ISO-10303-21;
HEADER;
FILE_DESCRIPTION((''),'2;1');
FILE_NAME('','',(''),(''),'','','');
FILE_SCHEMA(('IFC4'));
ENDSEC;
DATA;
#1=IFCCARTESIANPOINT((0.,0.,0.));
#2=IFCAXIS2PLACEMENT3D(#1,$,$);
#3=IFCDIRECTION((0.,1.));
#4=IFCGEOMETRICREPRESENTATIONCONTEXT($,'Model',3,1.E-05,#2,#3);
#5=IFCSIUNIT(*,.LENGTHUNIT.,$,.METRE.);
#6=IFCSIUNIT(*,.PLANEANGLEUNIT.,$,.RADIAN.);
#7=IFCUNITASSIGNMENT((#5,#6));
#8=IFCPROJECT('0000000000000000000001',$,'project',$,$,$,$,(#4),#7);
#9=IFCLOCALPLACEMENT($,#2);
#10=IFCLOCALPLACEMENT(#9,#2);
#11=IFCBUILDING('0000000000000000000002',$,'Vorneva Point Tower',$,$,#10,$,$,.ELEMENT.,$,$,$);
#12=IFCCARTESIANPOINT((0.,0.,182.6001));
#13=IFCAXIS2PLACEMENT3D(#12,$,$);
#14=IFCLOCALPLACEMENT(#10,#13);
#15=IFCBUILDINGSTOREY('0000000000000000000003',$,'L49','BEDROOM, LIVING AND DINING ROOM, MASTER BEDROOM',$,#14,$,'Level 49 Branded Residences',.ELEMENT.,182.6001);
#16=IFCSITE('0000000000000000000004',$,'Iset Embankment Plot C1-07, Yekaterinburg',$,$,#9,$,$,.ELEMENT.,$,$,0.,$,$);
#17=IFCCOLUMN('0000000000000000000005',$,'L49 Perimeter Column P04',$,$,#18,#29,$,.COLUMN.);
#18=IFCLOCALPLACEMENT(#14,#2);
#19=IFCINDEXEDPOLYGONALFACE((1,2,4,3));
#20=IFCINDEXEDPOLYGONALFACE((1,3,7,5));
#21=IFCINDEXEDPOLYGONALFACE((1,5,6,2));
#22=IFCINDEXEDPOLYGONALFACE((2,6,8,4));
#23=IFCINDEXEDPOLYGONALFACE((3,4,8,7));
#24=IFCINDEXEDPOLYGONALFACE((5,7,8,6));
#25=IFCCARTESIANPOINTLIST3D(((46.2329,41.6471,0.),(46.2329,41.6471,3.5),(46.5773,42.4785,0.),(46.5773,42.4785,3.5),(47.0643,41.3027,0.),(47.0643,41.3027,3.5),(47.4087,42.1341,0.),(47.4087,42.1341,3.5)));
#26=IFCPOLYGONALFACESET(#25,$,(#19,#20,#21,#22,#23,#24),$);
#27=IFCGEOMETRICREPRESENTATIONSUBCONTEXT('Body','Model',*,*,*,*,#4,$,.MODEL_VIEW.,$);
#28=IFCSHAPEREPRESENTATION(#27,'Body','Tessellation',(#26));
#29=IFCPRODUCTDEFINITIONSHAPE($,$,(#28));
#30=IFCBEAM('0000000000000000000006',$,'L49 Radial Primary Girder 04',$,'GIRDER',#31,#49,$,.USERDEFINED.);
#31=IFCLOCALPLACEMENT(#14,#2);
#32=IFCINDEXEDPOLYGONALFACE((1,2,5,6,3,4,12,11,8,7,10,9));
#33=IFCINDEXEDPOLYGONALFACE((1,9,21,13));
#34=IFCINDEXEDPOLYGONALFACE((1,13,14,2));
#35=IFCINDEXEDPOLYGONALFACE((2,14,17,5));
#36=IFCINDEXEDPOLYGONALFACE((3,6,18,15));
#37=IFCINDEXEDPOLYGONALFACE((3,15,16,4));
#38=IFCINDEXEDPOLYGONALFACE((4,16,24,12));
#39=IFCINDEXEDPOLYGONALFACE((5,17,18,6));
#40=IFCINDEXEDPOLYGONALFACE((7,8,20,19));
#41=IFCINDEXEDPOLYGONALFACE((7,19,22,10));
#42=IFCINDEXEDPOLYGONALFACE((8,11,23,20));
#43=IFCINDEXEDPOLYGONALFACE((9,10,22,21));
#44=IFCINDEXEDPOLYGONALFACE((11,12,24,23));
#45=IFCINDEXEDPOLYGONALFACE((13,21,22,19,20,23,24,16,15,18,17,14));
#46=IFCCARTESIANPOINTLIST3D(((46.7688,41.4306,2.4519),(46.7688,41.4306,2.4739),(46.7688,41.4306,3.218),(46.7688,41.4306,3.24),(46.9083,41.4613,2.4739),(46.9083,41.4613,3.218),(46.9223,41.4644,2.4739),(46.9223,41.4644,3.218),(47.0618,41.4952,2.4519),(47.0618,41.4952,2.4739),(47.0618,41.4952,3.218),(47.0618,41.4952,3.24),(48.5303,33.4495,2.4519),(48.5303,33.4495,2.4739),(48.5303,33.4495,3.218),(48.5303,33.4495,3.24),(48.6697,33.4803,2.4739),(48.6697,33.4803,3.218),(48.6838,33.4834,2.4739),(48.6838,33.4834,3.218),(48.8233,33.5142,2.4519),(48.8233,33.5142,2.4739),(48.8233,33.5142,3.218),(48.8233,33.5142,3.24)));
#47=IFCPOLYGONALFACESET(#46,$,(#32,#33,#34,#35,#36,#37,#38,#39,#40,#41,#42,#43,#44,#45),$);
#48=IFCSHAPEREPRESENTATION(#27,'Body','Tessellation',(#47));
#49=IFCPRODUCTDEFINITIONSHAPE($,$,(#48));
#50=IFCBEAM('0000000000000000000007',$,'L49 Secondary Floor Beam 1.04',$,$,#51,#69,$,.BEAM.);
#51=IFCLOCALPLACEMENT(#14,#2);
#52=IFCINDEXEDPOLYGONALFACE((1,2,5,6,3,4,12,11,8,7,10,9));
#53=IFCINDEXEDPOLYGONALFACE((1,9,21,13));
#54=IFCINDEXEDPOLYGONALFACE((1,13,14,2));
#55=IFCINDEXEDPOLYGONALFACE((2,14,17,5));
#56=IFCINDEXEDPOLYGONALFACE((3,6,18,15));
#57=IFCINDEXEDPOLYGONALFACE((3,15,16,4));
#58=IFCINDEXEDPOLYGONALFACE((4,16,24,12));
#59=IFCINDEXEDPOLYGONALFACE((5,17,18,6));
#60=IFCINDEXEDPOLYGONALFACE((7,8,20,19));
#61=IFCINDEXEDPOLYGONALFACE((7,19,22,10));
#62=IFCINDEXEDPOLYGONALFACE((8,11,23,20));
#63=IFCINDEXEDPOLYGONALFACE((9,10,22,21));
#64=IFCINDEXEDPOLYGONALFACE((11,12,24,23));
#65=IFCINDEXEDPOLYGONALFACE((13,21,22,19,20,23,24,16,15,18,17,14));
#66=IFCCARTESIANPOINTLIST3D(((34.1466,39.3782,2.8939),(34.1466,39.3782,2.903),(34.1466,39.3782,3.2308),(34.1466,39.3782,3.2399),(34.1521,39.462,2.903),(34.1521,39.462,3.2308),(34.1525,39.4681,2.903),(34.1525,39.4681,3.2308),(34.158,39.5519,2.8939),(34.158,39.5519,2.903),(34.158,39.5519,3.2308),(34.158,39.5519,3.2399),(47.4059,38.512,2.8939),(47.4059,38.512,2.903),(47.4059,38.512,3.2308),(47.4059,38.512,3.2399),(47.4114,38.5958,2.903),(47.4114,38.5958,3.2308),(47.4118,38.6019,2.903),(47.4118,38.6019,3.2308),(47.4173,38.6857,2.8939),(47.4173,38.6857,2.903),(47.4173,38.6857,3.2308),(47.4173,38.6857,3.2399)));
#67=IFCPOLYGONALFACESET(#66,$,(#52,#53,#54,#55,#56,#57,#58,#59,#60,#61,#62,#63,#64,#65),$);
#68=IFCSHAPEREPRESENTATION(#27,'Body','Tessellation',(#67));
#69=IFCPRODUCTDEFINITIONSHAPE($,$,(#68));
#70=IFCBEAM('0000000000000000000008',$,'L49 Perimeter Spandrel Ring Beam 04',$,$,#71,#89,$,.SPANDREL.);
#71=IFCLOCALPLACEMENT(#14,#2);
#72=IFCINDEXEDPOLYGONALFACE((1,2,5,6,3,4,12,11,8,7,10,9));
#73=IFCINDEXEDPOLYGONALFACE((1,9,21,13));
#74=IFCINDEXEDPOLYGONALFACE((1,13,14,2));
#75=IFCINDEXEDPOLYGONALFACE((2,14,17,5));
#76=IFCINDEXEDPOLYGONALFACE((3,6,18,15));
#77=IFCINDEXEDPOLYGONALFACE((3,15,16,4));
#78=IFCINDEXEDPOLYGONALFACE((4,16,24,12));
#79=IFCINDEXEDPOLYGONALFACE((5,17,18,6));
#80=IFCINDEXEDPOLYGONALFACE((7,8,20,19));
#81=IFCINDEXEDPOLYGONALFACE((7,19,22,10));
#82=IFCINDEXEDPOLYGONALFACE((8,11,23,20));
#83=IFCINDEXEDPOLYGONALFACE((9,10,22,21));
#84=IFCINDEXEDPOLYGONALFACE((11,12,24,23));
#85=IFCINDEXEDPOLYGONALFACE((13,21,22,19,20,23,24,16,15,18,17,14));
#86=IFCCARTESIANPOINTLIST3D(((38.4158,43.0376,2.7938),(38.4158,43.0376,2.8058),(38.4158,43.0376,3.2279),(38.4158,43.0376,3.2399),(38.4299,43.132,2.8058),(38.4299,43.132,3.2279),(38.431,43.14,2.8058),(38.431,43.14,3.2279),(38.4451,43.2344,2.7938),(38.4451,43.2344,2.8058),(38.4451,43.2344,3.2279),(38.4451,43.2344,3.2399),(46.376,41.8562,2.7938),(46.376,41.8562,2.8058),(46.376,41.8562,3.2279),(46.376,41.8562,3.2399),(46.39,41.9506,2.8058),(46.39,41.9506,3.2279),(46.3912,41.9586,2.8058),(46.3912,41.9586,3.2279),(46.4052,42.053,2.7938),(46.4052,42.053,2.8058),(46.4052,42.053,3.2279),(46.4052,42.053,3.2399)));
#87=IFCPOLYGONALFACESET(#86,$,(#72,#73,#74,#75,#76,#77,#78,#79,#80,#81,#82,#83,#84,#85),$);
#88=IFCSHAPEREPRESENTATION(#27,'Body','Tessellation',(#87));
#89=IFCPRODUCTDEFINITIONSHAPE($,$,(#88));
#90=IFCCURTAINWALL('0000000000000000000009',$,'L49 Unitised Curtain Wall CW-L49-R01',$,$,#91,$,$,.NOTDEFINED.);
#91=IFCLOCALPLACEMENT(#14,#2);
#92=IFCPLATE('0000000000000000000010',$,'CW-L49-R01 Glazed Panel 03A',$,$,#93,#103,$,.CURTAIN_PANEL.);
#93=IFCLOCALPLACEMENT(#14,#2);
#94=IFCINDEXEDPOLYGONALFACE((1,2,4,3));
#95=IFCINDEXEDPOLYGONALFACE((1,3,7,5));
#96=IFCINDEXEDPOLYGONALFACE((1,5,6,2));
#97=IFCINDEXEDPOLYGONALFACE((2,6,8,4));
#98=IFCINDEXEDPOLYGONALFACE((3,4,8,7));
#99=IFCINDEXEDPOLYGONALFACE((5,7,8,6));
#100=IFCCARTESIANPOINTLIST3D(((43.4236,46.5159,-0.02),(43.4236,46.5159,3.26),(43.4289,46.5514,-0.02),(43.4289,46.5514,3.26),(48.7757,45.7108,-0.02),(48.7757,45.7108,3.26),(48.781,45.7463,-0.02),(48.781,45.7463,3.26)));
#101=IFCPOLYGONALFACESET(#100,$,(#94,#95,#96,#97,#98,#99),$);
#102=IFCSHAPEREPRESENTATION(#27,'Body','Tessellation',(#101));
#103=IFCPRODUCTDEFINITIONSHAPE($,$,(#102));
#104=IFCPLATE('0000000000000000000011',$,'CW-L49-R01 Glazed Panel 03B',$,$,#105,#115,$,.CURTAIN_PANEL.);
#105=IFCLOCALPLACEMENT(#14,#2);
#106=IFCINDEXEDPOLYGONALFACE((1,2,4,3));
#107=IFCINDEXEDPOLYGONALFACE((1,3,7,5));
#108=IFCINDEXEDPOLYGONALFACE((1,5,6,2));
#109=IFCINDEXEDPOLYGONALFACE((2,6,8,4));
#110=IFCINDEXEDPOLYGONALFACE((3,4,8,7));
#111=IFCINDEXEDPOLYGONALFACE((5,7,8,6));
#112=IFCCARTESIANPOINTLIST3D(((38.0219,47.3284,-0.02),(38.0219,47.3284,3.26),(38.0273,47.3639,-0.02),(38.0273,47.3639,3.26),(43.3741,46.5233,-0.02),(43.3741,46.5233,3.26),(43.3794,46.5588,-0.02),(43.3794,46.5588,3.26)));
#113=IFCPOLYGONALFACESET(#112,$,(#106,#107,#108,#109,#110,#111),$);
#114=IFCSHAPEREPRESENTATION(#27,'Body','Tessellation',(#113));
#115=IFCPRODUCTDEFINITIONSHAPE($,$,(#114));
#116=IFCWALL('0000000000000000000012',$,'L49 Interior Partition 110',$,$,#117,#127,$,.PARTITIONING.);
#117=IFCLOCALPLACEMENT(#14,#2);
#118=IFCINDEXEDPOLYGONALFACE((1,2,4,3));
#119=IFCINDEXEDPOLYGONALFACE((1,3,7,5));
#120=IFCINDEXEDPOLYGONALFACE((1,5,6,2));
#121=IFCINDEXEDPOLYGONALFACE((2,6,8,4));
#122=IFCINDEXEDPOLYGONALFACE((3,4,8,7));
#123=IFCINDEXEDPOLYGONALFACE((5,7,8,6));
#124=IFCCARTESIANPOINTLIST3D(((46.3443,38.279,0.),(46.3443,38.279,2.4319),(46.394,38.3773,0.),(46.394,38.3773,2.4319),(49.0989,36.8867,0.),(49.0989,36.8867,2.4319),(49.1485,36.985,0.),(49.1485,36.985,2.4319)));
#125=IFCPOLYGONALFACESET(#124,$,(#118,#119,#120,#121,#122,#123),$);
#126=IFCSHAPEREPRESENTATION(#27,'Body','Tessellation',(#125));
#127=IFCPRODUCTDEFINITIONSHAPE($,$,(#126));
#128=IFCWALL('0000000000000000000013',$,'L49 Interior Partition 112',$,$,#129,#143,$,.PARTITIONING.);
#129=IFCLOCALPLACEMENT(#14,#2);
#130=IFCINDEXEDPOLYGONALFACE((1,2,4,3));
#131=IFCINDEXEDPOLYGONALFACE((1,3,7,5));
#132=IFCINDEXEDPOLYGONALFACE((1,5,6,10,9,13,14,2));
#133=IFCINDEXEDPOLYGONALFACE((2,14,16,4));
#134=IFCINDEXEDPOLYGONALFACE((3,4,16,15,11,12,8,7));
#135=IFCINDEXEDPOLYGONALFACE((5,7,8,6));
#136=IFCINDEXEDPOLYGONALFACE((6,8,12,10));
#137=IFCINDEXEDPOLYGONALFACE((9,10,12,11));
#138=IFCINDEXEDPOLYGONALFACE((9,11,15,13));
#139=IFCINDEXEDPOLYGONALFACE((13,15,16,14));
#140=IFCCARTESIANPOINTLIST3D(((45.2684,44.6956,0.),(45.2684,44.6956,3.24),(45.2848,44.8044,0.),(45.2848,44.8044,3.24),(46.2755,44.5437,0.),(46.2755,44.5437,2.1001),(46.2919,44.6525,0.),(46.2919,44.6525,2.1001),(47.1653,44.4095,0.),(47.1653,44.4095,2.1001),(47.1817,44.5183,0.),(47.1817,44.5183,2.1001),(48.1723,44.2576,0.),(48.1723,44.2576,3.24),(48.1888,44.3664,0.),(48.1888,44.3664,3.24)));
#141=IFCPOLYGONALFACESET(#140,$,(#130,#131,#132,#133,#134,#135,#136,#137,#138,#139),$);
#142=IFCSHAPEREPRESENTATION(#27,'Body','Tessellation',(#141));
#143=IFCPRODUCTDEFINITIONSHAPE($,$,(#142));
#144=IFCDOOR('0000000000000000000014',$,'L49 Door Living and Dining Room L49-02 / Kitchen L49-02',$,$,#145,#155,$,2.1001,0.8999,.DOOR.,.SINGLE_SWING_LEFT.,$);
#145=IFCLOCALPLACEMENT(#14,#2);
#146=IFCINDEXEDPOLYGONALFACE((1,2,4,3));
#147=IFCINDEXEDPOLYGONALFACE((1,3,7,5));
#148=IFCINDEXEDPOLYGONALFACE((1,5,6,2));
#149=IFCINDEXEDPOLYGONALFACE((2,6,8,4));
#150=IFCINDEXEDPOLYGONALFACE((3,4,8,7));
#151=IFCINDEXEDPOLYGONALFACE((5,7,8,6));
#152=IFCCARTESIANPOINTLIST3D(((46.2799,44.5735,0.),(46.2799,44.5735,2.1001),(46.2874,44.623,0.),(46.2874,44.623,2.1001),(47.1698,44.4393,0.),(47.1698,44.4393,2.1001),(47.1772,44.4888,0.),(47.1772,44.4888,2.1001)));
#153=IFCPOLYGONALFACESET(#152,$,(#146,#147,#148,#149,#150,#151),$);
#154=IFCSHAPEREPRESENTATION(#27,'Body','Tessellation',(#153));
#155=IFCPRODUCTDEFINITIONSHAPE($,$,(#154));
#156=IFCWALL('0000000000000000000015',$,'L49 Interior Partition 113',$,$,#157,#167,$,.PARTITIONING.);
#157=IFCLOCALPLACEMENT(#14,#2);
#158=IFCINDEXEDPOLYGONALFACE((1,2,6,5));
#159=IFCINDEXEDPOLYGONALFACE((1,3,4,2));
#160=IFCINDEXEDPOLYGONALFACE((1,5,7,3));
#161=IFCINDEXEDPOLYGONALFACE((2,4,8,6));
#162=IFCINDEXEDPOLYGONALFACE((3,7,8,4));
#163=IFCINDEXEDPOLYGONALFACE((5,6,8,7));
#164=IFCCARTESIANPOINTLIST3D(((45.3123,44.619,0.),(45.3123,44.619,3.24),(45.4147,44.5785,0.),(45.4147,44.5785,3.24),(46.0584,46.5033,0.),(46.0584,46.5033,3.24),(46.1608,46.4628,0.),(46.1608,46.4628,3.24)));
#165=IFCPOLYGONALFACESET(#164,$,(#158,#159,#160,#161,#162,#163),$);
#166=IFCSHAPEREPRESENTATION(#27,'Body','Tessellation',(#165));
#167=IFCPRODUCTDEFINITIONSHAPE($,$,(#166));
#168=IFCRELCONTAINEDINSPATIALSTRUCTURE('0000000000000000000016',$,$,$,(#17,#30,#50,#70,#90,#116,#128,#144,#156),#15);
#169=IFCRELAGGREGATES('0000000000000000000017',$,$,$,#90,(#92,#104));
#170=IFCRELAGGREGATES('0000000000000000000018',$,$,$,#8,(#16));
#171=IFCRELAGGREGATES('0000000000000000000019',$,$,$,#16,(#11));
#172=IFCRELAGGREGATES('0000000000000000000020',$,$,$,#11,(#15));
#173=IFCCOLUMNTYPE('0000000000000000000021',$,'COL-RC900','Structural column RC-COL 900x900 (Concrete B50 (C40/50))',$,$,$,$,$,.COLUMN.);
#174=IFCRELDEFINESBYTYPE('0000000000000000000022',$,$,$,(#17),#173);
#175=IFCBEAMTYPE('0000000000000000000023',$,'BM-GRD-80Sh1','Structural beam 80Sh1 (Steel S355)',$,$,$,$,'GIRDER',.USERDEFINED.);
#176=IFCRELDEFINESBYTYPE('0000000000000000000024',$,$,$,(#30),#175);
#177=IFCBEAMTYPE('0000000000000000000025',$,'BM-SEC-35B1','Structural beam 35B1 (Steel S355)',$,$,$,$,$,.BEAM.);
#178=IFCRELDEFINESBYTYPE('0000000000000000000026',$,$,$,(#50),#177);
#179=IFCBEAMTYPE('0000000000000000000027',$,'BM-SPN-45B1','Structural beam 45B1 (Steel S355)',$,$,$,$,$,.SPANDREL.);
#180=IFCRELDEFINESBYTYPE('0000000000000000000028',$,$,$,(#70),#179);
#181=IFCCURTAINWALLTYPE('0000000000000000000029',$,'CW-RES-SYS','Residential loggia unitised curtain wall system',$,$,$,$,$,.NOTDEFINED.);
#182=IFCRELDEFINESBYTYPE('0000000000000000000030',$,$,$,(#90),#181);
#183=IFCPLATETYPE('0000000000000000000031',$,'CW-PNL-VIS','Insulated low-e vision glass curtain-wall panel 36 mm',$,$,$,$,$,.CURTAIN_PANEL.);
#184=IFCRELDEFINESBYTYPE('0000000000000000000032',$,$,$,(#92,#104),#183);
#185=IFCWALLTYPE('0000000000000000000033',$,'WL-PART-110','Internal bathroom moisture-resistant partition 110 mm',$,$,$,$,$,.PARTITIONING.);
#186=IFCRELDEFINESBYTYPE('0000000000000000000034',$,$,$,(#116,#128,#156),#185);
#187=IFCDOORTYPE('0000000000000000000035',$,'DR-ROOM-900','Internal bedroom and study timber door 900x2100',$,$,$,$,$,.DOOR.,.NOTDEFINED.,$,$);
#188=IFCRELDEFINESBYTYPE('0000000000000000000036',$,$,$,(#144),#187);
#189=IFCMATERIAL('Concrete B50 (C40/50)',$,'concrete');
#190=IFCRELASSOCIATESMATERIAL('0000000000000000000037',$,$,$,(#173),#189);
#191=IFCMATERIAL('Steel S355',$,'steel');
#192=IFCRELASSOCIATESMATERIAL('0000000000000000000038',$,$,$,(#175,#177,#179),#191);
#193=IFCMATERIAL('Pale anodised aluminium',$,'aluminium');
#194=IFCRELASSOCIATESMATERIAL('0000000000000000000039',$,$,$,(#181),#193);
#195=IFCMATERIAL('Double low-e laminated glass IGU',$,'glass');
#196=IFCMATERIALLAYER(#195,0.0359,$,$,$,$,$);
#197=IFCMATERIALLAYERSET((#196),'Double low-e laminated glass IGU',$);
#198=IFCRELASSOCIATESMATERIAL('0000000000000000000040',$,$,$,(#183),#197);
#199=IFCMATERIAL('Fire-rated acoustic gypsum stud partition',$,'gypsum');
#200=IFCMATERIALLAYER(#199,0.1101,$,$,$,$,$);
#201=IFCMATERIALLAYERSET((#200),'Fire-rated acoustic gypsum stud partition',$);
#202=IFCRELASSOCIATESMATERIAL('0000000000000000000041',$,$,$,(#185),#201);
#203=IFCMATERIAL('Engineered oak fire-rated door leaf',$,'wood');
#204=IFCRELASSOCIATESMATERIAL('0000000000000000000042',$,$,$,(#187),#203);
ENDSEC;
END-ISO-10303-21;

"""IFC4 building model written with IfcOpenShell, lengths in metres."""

from ifc_helpers import new_model, si_unit, direction, frame, frame_2d, origin, origin_2d, place, context, subcontext, project, spatial, rectangle, i_section, extrude, material, layer, layer_set, material_profile, profile_set, type_object, element, fill, aggregate, save


model = new_model("IFC4")

# Units and contexts
model_context = context("Model", 3, precision=1e-05, world=origin(), true_north=direction((0.0, 1.0)))
body_context = subcontext(model_context, "Body", "Model", "MODEL_VIEW")
ifc_project = project(units=[si_unit("LENGTHUNIT", "METRE"), si_unit("PLANEANGLEUNIT", "RADIAN")], contexts=[model_context])

# Site, building, storey
site_placement = place(None, origin())
site = spatial("IfcSite", under=ifc_project, at=site_placement, Name="Iset Embankment Plot C1-07, Yekaterinburg", CompositionType="ELEMENT", RefElevation=0.0)
building_placement = place(site_placement, origin())
building = spatial("IfcBuilding", under=site, at=building_placement, Name="Vorneva Point Tower", CompositionType="ELEMENT")
storey_placement = place(building_placement, frame((0.0, 0.0, 182.6001)))
storey = spatial("IfcBuildingStorey", under=building, at=storey_placement, Name="L49", Description="BEDROOM, LIVING AND DINING ROOM, MASTER BEDROOM", LongName="Level 49 Branded Residences", CompositionType="ELEMENT", Elevation=182.6001)

# Column
ifc_material_1 = material(Name="Concrete B50 (C40/50)", Category="concrete")
ifc_material_profile_1 = material_profile(ifc_material_1, rectangle(XDim=0.8999, YDim=0.8999, at=origin_2d()), Name="RC-COL 900x900")
ifc_profile_set_1 = profile_set([ifc_material_profile_1], Name="Concrete B50 (C40/50)")
column_type = type_object("IfcColumnType", Name="COL-RC900", Description="Structural column RC-COL 900x900 (Concrete B50 (C40/50))", PredefinedType="COLUMN", material=ifc_profile_set_1)
column_placement = place(storey_placement, frame((46.8208, 41.8906, 0.0), z_axis=(0.0, 0.0, 1.0), x_axis=(0.382683, 0.92388, 0.0)))
element("IfcColumn", 1, at=column_placement, inside=storey, type_object=column_type, Name="L49 Perimeter Column P04", PredefinedType="COLUMN", context=body_context, shape_type="SweptSolid", body=[
    extrude(rectangle(XDim=0.8999, YDim=0.8999, at=origin_2d()), origin(), (0.0, 0.0, 1.0), 3.5),
])

# Beams
ifc_material_2 = material(Name="Steel S355", Category="steel")
ifc_material_profile_2 = material_profile(ifc_material_2, i_section(OverallWidth=0.3, OverallDepth=0.7881, WebThickness=0.0144, FlangeThickness=0.022, at=origin_2d()), Name="80Sh1")
ifc_profile_set_2 = profile_set([ifc_material_profile_2], Name="Steel S355")
beam_type_1 = type_object("IfcBeamType", Name="BM-GRD-80Sh1", Description="Structural beam 80Sh1 (Steel S355)", ElementType="GIRDER", PredefinedType="USERDEFINED", material=ifc_profile_set_2)
beam_1_placement = place(storey_placement, frame((46.9153, 41.4629, 2.8459), z_axis=(0.215523, -0.976499, 0.0), x_axis=(0.976499, 0.215523, 0.0)))
element("IfcBeam", 2, at=beam_1_placement, inside=storey, type_object=beam_type_1, Name="L49 Radial Primary Girder 04", ObjectType="GIRDER", PredefinedType="USERDEFINED", context=body_context, shape_type="SweptSolid", body=[
    extrude(i_section(OverallWidth=0.3, OverallDepth=0.7881, WebThickness=0.0144, FlangeThickness=0.022, at=origin_2d()), origin(), (0.0, 0.0, 1.0), 8.1731),
])
ifc_material_profile_3 = material_profile(ifc_material_2, i_section(OverallWidth=0.1741, OverallDepth=0.3459, WebThickness=0.0061, FlangeThickness=0.009, at=origin_2d()), Name="35B1")
ifc_profile_set_3 = profile_set([ifc_material_profile_3], Name="Steel S355")
beam_type_2 = type_object("IfcBeamType", Name="BM-SEC-35B1", Description="Structural beam 35B1 (Steel S355)", PredefinedType="BEAM", material=ifc_profile_set_3)
beam_2_placement = place(storey_placement, frame((47.4116, 38.5989, 3.0669), z_axis=(-0.997873, 0.06519, 0.0), x_axis=(-0.06519, -0.997873, 0.0)))
element("IfcBeam", 3, at=beam_2_placement, inside=storey, type_object=beam_type_2, Name="L49 Secondary Floor Beam 1.04", PredefinedType="BEAM", context=body_context, shape_type="SweptSolid", body=[
    extrude(i_section(OverallWidth=0.1741, OverallDepth=0.3459, WebThickness=0.0061, FlangeThickness=0.009, at=origin_2d()), origin(), (0.0, 0.0, 1.0), 13.2876),
])
ifc_material_profile_4 = material_profile(ifc_material_2, i_section(OverallWidth=0.199, OverallDepth=0.446, WebThickness=0.0081, FlangeThickness=0.012, at=origin_2d()), Name="45B1")
ifc_profile_set_4 = profile_set([ifc_material_profile_4], Name="Steel S355")
beam_type_3 = type_object("IfcBeamType", Name="BM-SPN-45B1", Description="Structural beam 45B1 (Steel S355)", PredefinedType="SPANDREL", material=ifc_profile_set_4)
beam_3_placement = place(storey_placement, frame((46.3906, 41.9546, 3.0168), z_axis=(-0.989165, 0.146805, 0.0), x_axis=(-0.146805, -0.989165, 0.0)))
element("IfcBeam", 4, at=beam_3_placement, inside=storey, type_object=beam_type_3, Name="L49 Perimeter Spandrel Ring Beam 04", PredefinedType="SPANDREL", context=body_context, shape_type="SweptSolid", body=[
    extrude(i_section(OverallWidth=0.199, OverallDepth=0.446, WebThickness=0.0081, FlangeThickness=0.012, at=origin_2d()), origin(), (0.0, 0.0, 1.0), 8.0474),
])

# Curtain wall, plates
ifc_material_3 = material(Name="Pale anodised aluminium", Category="aluminium")
curtain_wall_type = type_object("IfcCurtainWallType", Name="CW-RES-SYS", Description="Residential loggia unitised curtain wall system", PredefinedType="NOTDEFINED", material=ifc_material_3)
curtain_wall_placement = place(storey_placement, origin())
curtain_wall = element("IfcCurtainWall", 5, at=curtain_wall_placement, inside=storey, type_object=curtain_wall_type, Name="L49 Unitised Curtain Wall CW-L49-R01", PredefinedType="NOTDEFINED")
ifc_material_4 = material(Name="Double low-e laminated glass IGU", Category="glass")
ifc_layer_1 = layer(ifc_material_4, 0.0359)
ifc_layer_set_1 = layer_set([ifc_layer_1], Name="Double low-e laminated glass IGU")
plate_type = type_object("IfcPlateType", Name="CW-PNL-VIS", Description="Insulated low-e vision glass curtain-wall panel 36 mm", PredefinedType="CURTAIN_PANEL", material=ifc_layer_set_1)
plate_1_placement = place(storey_placement, frame((46.1023, 46.1311, -0.02), z_axis=(0.0, 0.0, 1.0), x_axis=(-0.988874, 0.148759, 0.0)))
plate_1 = element("IfcPlate", 6, at=plate_1_placement, type_object=plate_type, Name="CW-L49-R01 Glazed Panel 03A", PredefinedType="CURTAIN_PANEL", context=body_context, shape_type="SweptSolid", body=[
    extrude(rectangle(XDim=5.4124, YDim=0.0359, at=origin_2d()), origin(), (0.0, 0.0, 1.0), 3.28),
])
plate_2_placement = place(storey_placement, frame((40.7007, 46.9436, -0.02), z_axis=(0.0, 0.0, 1.0), x_axis=(-0.988874, 0.148759, 0.0)))
plate_2 = element("IfcPlate", 7, at=plate_2_placement, type_object=plate_type, Name="CW-L49-R01 Glazed Panel 03B", PredefinedType="CURTAIN_PANEL", context=body_context, shape_type="SweptSolid", body=[
    extrude(rectangle(XDim=5.4124, YDim=0.0359, at=origin_2d()), origin(), (0.0, 0.0, 1.0), 3.28),
])
aggregate(curtain_wall, [plate_1, plate_2])

# Wall
ifc_material_5 = material(Name="Fire-rated acoustic gypsum stud partition", Category="gypsum")
ifc_layer_2 = layer(ifc_material_5, 0.1101)
ifc_layer_set_2 = layer_set([ifc_layer_2], Name="Fire-rated acoustic gypsum stud partition")
wall_type_1 = type_object("IfcWallType", Name="WL-PART-110", Description="Internal bathroom moisture-resistant partition 110 mm", PredefinedType="PARTITIONING", material=ifc_layer_set_2)
wall_1_placement = place(storey_placement, frame((46.3691, 38.3281, 0.0), z_axis=(0.0, 0.0, 1.0), x_axis=(0.892473, -0.451101, 0.0)))
element("IfcWall", 8, at=wall_1_placement, inside=storey, type_object=wall_type_1, Name="L49 Interior Partition 110", PredefinedType="PARTITIONING", context=body_context, shape_type="SweptSolid", body=[
    extrude(rectangle(XDim=3.0864, YDim=0.1101, at=frame_2d((1.5432, 0.0))), origin(), (0.0, 0.0, 1.0), 2.4319),
])

# Wall, opening, door
wall_2_placement = place(storey_placement, frame((48.1804, 44.312, 0.0), z_axis=(0.0, 0.0, 1.0), x_axis=(-0.988815, 0.149145, 0.0)))
wall_2 = element("IfcWall", 9, at=wall_2_placement, inside=storey, type_object=wall_type_1, Name="L49 Interior Partition 112", PredefinedType="PARTITIONING", context=body_context, shape_type="SweptSolid", body=[
    extrude(rectangle(XDim=2.9368, YDim=0.1101, at=frame_2d((1.4683, 0.0))), origin(), (0.0, 0.0, 1.0), 3.24),
])
opening_1_placement = place(wall_2_placement, frame((1.0183, 0.0, 0.0)))
opening_1 = element("IfcOpeningElement", 10, at=opening_1_placement, cuts=wall_2, PredefinedType="OPENING", context=body_context, shape_type="SweptSolid", body=[
    extrude(rectangle(XDim=0.8999, YDim=2.1001, at=frame_2d((0.45, 1.05))), frame((0.0, 0.0698, 0.0), z_axis=(0.0, -1.0, 0.0), x_axis=(1.0, 0.0, 0.0)), (0.0, 0.0, 1.0), 0.1399),
])
ifc_material_6 = material(Name="Engineered oak fire-rated door leaf", Category="wood")
door_type_1 = type_object("IfcDoorType", Name="DR-ROOM-900", Description="Internal bedroom and study timber door 900x2100", OperationType="NOTDEFINED", PredefinedType="DOOR", material=ifc_material_6)
door_1_placement = place(opening_1_placement, origin())
door_1 = element("IfcDoor", 11, at=door_1_placement, inside=storey, type_object=door_type_1, Name="L49 Door Living and Dining Room L49-02 / Kitchen L49-02", OperationType="SINGLE_SWING_LEFT", OverallHeight=2.1001, OverallWidth=0.8999, PredefinedType="DOOR", context=body_context, shape_type="SweptSolid", body=[
    extrude(rectangle(XDim=0.8999, YDim=2.1001, at=frame_2d((0.45, 1.05))), frame((0.0, 0.0249, 0.0), z_axis=(0.0, -1.0, 0.0), x_axis=(1.0, 0.0, 0.0)), (0.0, 0.0, 1.0), 0.05),
])
fill(opening_1, door_1)

# Wall
wall_3_placement = place(storey_placement, frame((45.3635, 44.5989, 0.0), z_axis=(0.0, 0.0, 1.0), x_axis=(0.368148, 0.929767, 0.0)))
element("IfcWall", 12, at=wall_3_placement, inside=storey, type_object=wall_type_1, Name="L49 Interior Partition 113", PredefinedType="PARTITIONING", context=body_context, shape_type="SweptSolid", body=[
    extrude(rectangle(XDim=2.0266, YDim=0.1101, at=frame_2d((1.0132, 0.0))), origin(), (0.0, 0.0, 1.0), 3.24),
])

save(model, "model.ifc")
